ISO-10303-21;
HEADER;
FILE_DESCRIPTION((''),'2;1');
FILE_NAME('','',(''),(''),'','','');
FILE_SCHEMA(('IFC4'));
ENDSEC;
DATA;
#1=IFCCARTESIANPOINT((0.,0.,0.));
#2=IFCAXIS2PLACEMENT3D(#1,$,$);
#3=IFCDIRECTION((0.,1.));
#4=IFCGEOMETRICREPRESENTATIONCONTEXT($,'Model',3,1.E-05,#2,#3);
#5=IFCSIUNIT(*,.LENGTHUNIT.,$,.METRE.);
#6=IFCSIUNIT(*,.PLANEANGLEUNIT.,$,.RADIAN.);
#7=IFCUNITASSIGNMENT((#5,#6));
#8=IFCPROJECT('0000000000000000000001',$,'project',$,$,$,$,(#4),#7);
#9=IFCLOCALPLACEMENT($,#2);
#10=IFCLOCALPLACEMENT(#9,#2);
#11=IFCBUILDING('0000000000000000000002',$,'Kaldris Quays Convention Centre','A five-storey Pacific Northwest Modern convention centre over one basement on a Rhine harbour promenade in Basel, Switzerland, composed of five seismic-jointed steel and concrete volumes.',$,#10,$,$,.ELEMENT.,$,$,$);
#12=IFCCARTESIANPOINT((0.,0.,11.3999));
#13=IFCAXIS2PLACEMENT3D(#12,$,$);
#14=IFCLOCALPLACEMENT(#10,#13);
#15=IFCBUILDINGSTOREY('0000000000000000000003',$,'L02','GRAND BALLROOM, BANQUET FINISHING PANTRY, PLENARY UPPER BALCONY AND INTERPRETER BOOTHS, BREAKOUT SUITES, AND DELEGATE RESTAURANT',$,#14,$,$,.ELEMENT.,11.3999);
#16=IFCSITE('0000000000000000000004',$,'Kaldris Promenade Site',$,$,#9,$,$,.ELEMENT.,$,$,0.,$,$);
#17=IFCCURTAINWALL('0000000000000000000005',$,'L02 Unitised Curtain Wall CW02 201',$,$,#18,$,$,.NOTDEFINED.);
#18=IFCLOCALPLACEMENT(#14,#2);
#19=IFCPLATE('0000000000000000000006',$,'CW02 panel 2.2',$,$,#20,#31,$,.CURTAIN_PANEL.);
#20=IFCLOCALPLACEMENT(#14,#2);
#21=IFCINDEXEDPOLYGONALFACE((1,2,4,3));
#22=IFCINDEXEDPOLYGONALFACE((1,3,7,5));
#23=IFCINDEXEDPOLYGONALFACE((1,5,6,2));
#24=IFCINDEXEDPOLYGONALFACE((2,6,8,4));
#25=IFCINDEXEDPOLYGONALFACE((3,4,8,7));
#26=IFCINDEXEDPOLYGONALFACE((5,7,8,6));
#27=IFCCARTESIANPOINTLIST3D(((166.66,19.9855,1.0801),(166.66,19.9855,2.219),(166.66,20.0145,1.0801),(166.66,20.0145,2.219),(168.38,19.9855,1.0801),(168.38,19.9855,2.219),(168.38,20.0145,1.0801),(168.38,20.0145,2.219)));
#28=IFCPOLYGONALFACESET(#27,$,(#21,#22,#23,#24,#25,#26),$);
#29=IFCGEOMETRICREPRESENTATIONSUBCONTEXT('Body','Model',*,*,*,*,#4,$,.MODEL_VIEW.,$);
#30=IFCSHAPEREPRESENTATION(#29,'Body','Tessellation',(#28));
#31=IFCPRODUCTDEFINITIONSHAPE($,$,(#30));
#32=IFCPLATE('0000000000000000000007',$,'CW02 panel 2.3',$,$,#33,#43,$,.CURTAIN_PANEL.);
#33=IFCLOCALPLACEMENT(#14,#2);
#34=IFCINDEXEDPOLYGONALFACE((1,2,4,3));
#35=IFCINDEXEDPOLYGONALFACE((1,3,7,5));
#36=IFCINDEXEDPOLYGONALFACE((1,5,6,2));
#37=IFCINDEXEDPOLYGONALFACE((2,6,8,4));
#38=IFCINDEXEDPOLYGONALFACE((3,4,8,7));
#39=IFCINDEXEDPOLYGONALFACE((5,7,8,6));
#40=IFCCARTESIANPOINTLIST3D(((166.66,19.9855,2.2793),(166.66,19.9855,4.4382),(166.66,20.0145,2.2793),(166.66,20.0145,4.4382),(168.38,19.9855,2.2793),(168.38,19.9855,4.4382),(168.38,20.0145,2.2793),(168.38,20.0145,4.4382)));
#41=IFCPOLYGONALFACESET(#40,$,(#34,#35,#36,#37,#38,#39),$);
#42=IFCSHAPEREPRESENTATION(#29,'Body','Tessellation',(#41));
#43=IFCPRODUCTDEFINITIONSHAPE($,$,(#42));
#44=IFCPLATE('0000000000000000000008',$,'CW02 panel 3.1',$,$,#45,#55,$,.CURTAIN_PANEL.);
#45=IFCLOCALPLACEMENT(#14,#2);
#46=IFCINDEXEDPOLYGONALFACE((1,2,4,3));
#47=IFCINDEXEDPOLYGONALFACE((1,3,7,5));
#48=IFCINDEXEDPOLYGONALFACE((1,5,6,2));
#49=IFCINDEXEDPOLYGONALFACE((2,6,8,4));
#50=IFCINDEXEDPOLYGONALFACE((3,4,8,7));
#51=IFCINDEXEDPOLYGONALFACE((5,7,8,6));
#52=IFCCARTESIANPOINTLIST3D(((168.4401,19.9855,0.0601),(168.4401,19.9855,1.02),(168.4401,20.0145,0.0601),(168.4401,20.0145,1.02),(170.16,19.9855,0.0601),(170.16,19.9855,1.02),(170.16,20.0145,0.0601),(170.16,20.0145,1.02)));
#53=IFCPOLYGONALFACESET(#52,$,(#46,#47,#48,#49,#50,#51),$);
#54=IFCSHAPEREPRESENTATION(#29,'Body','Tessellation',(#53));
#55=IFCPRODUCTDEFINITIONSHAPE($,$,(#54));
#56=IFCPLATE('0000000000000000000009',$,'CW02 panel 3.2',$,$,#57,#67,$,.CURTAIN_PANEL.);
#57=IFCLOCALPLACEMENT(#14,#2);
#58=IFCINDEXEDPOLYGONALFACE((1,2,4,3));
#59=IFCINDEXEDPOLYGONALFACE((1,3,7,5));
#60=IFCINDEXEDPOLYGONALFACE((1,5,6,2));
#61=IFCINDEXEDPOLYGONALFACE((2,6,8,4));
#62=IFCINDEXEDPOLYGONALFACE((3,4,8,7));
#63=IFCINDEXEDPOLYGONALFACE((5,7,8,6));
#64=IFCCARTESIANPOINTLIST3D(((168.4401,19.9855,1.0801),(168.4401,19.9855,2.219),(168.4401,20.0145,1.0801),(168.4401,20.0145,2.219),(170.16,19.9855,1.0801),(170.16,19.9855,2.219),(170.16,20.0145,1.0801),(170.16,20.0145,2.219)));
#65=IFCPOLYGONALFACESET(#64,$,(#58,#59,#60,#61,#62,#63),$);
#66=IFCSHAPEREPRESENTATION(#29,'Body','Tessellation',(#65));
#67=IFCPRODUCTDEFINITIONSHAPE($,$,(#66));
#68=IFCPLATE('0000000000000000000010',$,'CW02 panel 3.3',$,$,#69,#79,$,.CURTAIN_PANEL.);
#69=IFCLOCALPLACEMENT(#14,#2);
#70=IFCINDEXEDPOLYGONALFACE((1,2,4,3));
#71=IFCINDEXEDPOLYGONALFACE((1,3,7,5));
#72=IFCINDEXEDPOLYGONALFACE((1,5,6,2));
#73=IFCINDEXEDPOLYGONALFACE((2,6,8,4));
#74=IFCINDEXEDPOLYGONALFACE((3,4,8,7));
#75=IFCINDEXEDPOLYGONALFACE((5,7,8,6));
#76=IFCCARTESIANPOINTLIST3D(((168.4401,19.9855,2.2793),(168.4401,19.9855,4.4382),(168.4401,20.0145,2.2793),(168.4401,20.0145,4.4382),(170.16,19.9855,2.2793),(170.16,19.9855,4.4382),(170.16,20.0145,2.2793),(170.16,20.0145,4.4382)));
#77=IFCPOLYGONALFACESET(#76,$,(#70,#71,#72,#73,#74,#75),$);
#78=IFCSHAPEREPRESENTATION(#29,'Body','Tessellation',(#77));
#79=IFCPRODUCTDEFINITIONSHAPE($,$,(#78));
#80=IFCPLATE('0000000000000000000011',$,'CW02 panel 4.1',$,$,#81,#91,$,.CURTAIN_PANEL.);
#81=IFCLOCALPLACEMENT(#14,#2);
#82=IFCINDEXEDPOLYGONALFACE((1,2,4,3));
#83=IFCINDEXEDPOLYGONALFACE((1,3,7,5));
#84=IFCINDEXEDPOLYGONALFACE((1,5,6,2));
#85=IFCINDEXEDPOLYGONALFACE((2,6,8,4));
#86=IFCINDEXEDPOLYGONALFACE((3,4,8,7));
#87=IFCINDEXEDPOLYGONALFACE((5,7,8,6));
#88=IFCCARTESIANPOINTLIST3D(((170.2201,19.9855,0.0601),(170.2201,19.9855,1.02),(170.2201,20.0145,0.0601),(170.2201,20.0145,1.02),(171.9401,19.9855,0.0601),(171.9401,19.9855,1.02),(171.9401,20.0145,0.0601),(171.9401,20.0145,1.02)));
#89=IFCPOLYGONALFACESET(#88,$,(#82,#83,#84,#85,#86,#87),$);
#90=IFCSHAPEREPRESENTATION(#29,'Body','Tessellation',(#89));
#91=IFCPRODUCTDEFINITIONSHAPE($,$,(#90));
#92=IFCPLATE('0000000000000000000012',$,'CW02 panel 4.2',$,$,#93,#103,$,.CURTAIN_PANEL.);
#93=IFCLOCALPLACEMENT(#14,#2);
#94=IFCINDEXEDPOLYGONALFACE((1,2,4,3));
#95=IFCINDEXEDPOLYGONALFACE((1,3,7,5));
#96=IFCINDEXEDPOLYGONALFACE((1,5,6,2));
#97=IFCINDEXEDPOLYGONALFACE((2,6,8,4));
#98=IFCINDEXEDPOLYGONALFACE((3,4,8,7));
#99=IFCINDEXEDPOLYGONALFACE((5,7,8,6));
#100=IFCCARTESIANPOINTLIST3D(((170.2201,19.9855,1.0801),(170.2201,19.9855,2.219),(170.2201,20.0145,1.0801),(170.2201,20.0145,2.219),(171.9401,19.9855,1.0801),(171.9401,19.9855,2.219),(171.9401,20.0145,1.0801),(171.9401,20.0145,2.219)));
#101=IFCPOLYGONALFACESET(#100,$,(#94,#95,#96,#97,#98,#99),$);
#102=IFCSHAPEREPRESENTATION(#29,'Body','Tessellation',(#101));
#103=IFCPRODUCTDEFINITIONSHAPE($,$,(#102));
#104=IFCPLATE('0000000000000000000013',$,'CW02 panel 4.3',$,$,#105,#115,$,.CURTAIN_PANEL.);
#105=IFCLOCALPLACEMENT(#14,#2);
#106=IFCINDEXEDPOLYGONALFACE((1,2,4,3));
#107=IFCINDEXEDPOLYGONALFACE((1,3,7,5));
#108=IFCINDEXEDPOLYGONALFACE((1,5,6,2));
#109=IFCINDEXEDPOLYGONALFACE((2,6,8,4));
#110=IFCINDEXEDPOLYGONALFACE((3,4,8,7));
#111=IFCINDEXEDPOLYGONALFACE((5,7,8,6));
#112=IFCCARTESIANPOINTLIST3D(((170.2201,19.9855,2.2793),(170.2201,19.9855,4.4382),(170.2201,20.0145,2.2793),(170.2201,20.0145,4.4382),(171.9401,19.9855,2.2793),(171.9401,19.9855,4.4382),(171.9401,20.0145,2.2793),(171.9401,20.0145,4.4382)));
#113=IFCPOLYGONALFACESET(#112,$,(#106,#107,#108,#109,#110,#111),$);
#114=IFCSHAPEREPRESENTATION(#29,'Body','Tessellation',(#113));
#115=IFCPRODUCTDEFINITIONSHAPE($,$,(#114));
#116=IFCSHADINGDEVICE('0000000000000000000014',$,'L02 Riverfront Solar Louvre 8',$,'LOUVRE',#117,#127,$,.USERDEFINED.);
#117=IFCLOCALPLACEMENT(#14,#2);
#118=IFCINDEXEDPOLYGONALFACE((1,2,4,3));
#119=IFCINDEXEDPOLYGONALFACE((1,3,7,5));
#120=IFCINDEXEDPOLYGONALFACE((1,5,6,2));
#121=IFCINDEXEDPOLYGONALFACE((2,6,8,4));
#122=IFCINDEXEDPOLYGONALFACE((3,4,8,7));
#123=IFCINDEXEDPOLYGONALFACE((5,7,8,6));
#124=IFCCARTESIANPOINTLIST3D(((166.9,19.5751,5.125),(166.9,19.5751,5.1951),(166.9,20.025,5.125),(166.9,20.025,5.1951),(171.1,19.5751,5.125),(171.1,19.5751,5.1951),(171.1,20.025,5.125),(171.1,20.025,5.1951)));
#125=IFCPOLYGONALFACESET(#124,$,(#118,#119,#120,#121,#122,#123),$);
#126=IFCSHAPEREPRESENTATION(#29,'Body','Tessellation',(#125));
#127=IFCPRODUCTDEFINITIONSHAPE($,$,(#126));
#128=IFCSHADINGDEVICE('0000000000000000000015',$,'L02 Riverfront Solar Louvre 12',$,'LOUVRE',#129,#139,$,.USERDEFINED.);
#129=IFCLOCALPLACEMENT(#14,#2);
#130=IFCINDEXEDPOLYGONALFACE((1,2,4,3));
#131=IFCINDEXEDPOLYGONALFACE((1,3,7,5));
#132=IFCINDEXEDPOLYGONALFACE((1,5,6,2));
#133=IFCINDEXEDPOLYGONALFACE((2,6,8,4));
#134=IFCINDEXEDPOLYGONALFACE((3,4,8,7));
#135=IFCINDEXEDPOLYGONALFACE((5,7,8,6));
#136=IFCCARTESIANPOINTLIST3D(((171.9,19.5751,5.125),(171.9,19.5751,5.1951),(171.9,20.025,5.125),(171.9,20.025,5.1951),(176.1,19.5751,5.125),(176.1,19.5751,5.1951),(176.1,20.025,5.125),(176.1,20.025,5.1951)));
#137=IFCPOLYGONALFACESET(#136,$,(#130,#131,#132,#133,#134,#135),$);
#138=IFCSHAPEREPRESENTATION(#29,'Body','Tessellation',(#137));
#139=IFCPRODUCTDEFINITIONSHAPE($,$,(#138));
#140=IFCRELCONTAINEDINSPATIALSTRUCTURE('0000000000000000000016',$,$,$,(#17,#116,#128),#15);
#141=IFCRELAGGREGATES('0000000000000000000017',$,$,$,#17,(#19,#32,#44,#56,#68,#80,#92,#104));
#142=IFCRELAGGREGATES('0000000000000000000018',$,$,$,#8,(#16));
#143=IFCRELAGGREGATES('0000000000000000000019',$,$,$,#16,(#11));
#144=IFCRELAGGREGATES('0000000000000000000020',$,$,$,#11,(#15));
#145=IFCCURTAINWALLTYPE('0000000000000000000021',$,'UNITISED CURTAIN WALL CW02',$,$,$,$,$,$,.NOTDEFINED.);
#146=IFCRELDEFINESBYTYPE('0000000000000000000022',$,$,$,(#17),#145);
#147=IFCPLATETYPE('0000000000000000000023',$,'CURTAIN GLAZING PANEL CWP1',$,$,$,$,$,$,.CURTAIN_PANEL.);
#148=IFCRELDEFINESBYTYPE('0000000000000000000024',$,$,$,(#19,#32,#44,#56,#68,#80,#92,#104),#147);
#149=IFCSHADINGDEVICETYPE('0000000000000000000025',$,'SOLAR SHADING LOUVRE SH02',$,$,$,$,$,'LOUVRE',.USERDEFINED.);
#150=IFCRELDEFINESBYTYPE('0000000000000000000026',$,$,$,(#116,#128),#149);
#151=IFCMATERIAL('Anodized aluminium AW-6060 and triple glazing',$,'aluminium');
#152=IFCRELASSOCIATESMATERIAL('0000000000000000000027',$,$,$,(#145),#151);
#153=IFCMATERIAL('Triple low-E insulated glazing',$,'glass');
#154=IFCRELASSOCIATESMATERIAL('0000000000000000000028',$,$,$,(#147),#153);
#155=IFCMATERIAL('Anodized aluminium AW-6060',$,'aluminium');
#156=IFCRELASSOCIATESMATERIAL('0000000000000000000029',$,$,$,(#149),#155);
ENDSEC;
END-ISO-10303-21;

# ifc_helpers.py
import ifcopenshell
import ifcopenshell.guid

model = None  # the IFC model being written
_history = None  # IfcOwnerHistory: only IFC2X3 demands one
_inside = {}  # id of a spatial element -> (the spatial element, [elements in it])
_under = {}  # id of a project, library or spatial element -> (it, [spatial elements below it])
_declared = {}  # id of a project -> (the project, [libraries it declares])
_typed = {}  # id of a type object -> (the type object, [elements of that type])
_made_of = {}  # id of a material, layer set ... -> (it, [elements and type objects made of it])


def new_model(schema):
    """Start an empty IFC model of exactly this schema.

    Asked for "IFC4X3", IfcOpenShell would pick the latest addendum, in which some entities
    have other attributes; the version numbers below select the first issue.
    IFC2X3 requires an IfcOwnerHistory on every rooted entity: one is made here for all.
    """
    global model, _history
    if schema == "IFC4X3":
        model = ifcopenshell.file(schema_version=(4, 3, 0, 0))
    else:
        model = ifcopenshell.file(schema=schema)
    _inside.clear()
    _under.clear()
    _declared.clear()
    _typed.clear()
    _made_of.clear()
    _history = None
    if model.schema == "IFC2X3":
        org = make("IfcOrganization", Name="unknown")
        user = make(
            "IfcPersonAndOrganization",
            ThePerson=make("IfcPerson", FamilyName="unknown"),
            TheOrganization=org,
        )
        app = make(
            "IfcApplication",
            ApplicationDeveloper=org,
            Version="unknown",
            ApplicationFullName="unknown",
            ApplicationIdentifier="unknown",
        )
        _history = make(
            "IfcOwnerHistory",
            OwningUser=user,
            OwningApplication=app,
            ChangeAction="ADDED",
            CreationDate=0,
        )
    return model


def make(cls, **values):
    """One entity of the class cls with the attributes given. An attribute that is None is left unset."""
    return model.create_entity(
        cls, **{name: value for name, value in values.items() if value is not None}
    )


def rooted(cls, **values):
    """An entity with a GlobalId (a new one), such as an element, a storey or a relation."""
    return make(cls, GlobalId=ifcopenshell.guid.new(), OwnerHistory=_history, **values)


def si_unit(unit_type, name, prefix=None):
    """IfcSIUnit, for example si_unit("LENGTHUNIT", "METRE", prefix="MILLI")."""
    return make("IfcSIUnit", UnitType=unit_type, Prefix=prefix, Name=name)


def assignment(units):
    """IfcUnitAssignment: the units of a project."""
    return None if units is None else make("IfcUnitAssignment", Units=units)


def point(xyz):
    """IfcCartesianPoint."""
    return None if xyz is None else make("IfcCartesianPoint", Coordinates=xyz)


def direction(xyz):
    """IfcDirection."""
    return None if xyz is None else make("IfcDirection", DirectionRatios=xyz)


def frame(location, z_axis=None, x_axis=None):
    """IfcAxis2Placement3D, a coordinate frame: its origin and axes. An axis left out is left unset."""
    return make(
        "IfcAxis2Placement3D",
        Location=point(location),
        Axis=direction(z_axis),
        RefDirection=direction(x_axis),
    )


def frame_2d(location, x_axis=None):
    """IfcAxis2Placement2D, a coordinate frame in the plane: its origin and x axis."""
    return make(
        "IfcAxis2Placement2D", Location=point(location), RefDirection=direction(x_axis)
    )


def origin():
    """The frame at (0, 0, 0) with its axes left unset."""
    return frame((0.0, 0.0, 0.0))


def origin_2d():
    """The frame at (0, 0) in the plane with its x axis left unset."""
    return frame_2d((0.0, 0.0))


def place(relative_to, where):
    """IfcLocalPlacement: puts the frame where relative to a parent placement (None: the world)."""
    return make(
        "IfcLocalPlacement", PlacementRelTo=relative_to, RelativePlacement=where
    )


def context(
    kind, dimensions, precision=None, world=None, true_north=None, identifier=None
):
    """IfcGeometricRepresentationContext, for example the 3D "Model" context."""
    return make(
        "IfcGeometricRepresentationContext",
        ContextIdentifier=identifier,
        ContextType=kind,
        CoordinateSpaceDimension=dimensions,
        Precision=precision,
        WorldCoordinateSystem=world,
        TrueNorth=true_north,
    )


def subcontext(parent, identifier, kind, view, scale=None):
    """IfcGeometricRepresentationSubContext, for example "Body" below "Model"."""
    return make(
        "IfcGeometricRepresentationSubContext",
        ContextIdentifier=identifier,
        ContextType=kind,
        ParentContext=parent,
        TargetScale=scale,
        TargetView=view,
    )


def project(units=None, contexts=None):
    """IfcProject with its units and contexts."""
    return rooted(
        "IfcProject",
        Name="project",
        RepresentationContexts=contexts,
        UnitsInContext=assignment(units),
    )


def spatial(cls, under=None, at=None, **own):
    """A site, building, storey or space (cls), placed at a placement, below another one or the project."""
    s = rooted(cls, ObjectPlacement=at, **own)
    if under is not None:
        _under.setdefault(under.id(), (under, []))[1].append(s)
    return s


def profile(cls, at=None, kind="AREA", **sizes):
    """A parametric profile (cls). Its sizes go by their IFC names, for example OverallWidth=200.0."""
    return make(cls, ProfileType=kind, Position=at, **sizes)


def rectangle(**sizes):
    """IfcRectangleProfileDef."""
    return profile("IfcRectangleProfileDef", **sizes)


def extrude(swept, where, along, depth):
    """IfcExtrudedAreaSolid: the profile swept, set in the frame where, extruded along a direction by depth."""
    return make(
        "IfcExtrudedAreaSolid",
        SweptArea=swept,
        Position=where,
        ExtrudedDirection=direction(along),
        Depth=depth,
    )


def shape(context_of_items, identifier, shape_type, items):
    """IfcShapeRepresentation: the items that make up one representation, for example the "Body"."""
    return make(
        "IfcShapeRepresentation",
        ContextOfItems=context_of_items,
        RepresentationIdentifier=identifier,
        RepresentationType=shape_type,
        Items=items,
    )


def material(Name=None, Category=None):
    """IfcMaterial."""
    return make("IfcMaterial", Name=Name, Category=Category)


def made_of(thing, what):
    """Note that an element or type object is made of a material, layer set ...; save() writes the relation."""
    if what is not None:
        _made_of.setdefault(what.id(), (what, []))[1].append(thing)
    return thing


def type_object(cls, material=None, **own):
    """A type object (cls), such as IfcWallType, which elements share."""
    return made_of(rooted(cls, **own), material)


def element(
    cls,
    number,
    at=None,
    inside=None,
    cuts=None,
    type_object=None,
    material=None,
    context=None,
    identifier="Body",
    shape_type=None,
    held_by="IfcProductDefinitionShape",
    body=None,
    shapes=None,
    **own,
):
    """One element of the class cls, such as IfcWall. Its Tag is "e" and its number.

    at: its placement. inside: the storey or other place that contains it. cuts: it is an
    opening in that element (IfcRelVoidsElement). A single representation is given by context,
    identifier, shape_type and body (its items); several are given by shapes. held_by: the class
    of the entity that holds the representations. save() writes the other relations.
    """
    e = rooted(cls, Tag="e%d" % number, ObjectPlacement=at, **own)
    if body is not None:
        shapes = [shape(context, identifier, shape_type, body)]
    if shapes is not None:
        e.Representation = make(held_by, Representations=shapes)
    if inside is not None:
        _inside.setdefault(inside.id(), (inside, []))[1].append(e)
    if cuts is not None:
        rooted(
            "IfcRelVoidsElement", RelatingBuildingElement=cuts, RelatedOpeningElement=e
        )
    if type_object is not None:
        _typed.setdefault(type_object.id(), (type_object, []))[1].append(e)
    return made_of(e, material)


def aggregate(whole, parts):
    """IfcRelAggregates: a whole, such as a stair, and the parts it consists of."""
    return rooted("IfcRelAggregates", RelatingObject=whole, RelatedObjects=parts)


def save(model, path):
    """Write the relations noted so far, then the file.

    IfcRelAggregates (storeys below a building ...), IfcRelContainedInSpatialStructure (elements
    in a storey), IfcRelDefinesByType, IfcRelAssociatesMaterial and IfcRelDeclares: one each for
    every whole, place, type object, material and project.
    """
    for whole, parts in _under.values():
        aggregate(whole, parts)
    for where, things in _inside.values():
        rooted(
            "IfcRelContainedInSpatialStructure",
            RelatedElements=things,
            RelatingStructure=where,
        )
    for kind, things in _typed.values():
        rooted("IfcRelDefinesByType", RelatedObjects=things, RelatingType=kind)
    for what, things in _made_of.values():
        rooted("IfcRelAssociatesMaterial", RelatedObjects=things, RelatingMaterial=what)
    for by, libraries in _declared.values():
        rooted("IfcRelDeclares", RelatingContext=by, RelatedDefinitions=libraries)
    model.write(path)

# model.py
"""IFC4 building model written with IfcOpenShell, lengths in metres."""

from ifc_helpers import new_model, si_unit, direction, frame, origin, origin_2d, place, context, subcontext, project, spatial, rectangle, extrude, material, type_object, element, aggregate, save


model = new_model("IFC4")

# Units and contexts
model_context = context("Model", 3, precision=1e-05, world=origin(), true_north=direction((0.0, 1.0)))
body_context = subcontext(model_context, "Body", "Model", "MODEL_VIEW")
ifc_project = project(units=[si_unit("LENGTHUNIT", "METRE"), si_unit("PLANEANGLEUNIT", "RADIAN")], contexts=[model_context])

# Site, building, storey
site_placement = place(None, origin())
site = spatial("IfcSite", under=ifc_project, at=site_placement, Name="Kaldris Promenade Site", CompositionType="ELEMENT", RefElevation=0.0)
building_placement = place(site_placement, origin())
building = spatial("IfcBuilding", under=site, at=building_placement, Name="Kaldris Quays Convention Centre", Description="A five-storey Pacific Northwest Modern convention centre over one basement on a Rhine harbour promenade in Basel, Switzerland, composed of five seismic-jointed steel and concrete volumes.", CompositionType="ELEMENT")
storey_placement = place(building_placement, frame((0.0, 0.0, 11.3999)))
storey = spatial("IfcBuildingStorey", under=building, at=storey_placement, Name="L02", Description="GRAND BALLROOM, BANQUET FINISHING PANTRY, PLENARY UPPER BALCONY AND INTERPRETER BOOTHS, BREAKOUT SUITES, AND DELEGATE RESTAURANT", CompositionType="ELEMENT", Elevation=11.3999)

# Curtain wall, plates
ifc_material_1 = material(Name="Anodized aluminium AW-6060 and triple glazing", Category="aluminium")
curtain_wall_type = type_object("IfcCurtainWallType", Name="UNITISED CURTAIN WALL CW02", PredefinedType="NOTDEFINED", material=ifc_material_1)
curtain_wall_placement = place(storey_placement, origin())
curtain_wall = element("IfcCurtainWall", 1, at=curtain_wall_placement, inside=storey, type_object=curtain_wall_type, Name="L02 Unitised Curtain Wall CW02 201", PredefinedType="NOTDEFINED")
ifc_material_2 = material(Name="Anodized aluminium AW-6060", Category="aluminium")
ifc_material_3 = material(Name="Triple low-E insulated glazing", Category="glass")
plate_type = type_object("IfcPlateType", Name="CURTAIN GLAZING PANEL CWP1", PredefinedType="CURTAIN_PANEL", material=ifc_material_3)
plate_1_placement = place(storey_placement, frame((167.52, 20.0, 1.0801), z_axis=(0.0, 0.0, 1.0), x_axis=(1.0, 0.0, 0.0)))
plate_1 = element("IfcPlate", 2, at=plate_1_placement, type_object=plate_type, Name="CW02 panel 2.2", PredefinedType="CURTAIN_PANEL", context=body_context, shape_type="SweptSolid", body=[
    extrude(rectangle(XDim=1.72, YDim=0.0291, at=origin_2d()), origin(), (0.0, 0.0, 1.0), 1.1389),
])
plate_2_placement = place(storey_placement, frame((167.52, 20.0, 2.2793), z_axis=(0.0, 0.0, 1.0), x_axis=(1.0, 0.0, 0.0)))
plate_2 = element("IfcPlate", 3, at=plate_2_placement, type_object=plate_type, Name="CW02 panel 2.3", PredefinedType="CURTAIN_PANEL", context=body_context, shape_type="SweptSolid", body=[
    extrude(rectangle(XDim=1.72, YDim=0.0291, at=origin_2d()), origin(), (0.0, 0.0, 1.0), 2.1589),
])
plate_3_placement = place(storey_placement, frame((169.3, 20.0, 0.0601), z_axis=(0.0, 0.0, 1.0), x_axis=(1.0, 0.0, 0.0)))
plate_3 = element("IfcPlate", 4, at=plate_3_placement, type_object=plate_type, Name="CW02 panel 3.1", PredefinedType="CURTAIN_PANEL", context=body_context, shape_type="SweptSolid", body=[
    extrude(rectangle(XDim=1.72, YDim=0.0291, at=origin_2d()), origin(), (0.0, 0.0, 1.0), 0.96),
])
plate_4_placement = place(storey_placement, frame((169.3, 20.0, 1.0801), z_axis=(0.0, 0.0, 1.0), x_axis=(1.0, 0.0, 0.0)))
plate_4 = element("IfcPlate", 5, at=plate_4_placement, type_object=plate_type, Name="CW02 panel 3.2", PredefinedType="CURTAIN_PANEL", context=body_context, shape_type="SweptSolid", body=[
    extrude(rectangle(XDim=1.72, YDim=0.0291, at=origin_2d()), origin(), (0.0, 0.0, 1.0), 1.1389),
])
plate_5_placement = place(storey_placement, frame((169.3, 20.0, 2.2793), z_axis=(0.0, 0.0, 1.0), x_axis=(1.0, 0.0, 0.0)))
plate_5 = element("IfcPlate", 6, at=plate_5_placement, type_object=plate_type, Name="CW02 panel 3.3", PredefinedType="CURTAIN_PANEL", context=body_context, shape_type="SweptSolid", body=[
    extrude(rectangle(XDim=1.72, YDim=0.0291, at=origin_2d()), origin(), (0.0, 0.0, 1.0), 2.1589),
])
plate_6_placement = place(storey_placement, frame((171.0801, 20.0, 0.0601), z_axis=(0.0, 0.0, 1.0), x_axis=(1.0, 0.0, 0.0)))
plate_6 = element("IfcPlate", 7, at=plate_6_placement, type_object=plate_type, Name="CW02 panel 4.1", PredefinedType="CURTAIN_PANEL", context=body_context, shape_type="SweptSolid", body=[
    extrude(rectangle(XDim=1.72, YDim=0.0291, at=origin_2d()), origin(), (0.0, 0.0, 1.0), 0.96),
])
plate_7_placement = place(storey_placement, frame((171.0801, 20.0, 1.0801), z_axis=(0.0, 0.0, 1.0), x_axis=(1.0, 0.0, 0.0)))
plate_7 = element("IfcPlate", 8, at=plate_7_placement, type_object=plate_type, Name="CW02 panel 4.2", PredefinedType="CURTAIN_PANEL", context=body_context, shape_type="SweptSolid", body=[
    extrude(rectangle(XDim=1.72, YDim=0.0291, at=origin_2d()), origin(), (0.0, 0.0, 1.0), 1.1389),
])
plate_8_placement = place(storey_placement, frame((171.0801, 20.0, 2.2793), z_axis=(0.0, 0.0, 1.0), x_axis=(1.0, 0.0, 0.0)))
plate_8 = element("IfcPlate", 9, at=plate_8_placement, type_object=plate_type, Name="CW02 panel 4.3", PredefinedType="CURTAIN_PANEL", context=body_context, shape_type="SweptSolid", body=[
    extrude(rectangle(XDim=1.72, YDim=0.0291, at=origin_2d()), origin(), (0.0, 0.0, 1.0), 2.1589),
])
aggregate(curtain_wall, [plate_1, plate_2, plate_3, plate_4, plate_5, plate_6, plate_7, plate_8])

# Shading devices
shading_device_type = type_object("IfcShadingDeviceType", Name="SOLAR SHADING LOUVRE SH02", ElementType="LOUVRE", PredefinedType="USERDEFINED", material=ifc_material_2)
for number, where, z_axis, x_axis, name in (
    (10, (169.0, 19.8, 5.125), (0.0, 0.0, 1.0), (1.0, 0.0, 0.0), "L02 Riverfront Solar Louvre 8"),
    (11, (174.0, 19.8, 5.125), (0.0, 0.0, 1.0), (1.0, 0.0, 0.0), "L02 Riverfront Solar Louvre 12"),
):
    element("IfcShadingDevice", number, at=place(storey_placement, frame(where, z_axis=z_axis, x_axis=x_axis)), inside=storey, type_object=shading_device_type, Name=name, ObjectType="LOUVRE", PredefinedType="USERDEFINED", context=body_context, shape_type="SweptSolid", body=[
        extrude(rectangle(XDim=4.2, YDim=0.45, at=origin_2d()), origin(), (0.0, 0.0, 1.0), 0.0701),
    ])

save(model, "model.ifc")
